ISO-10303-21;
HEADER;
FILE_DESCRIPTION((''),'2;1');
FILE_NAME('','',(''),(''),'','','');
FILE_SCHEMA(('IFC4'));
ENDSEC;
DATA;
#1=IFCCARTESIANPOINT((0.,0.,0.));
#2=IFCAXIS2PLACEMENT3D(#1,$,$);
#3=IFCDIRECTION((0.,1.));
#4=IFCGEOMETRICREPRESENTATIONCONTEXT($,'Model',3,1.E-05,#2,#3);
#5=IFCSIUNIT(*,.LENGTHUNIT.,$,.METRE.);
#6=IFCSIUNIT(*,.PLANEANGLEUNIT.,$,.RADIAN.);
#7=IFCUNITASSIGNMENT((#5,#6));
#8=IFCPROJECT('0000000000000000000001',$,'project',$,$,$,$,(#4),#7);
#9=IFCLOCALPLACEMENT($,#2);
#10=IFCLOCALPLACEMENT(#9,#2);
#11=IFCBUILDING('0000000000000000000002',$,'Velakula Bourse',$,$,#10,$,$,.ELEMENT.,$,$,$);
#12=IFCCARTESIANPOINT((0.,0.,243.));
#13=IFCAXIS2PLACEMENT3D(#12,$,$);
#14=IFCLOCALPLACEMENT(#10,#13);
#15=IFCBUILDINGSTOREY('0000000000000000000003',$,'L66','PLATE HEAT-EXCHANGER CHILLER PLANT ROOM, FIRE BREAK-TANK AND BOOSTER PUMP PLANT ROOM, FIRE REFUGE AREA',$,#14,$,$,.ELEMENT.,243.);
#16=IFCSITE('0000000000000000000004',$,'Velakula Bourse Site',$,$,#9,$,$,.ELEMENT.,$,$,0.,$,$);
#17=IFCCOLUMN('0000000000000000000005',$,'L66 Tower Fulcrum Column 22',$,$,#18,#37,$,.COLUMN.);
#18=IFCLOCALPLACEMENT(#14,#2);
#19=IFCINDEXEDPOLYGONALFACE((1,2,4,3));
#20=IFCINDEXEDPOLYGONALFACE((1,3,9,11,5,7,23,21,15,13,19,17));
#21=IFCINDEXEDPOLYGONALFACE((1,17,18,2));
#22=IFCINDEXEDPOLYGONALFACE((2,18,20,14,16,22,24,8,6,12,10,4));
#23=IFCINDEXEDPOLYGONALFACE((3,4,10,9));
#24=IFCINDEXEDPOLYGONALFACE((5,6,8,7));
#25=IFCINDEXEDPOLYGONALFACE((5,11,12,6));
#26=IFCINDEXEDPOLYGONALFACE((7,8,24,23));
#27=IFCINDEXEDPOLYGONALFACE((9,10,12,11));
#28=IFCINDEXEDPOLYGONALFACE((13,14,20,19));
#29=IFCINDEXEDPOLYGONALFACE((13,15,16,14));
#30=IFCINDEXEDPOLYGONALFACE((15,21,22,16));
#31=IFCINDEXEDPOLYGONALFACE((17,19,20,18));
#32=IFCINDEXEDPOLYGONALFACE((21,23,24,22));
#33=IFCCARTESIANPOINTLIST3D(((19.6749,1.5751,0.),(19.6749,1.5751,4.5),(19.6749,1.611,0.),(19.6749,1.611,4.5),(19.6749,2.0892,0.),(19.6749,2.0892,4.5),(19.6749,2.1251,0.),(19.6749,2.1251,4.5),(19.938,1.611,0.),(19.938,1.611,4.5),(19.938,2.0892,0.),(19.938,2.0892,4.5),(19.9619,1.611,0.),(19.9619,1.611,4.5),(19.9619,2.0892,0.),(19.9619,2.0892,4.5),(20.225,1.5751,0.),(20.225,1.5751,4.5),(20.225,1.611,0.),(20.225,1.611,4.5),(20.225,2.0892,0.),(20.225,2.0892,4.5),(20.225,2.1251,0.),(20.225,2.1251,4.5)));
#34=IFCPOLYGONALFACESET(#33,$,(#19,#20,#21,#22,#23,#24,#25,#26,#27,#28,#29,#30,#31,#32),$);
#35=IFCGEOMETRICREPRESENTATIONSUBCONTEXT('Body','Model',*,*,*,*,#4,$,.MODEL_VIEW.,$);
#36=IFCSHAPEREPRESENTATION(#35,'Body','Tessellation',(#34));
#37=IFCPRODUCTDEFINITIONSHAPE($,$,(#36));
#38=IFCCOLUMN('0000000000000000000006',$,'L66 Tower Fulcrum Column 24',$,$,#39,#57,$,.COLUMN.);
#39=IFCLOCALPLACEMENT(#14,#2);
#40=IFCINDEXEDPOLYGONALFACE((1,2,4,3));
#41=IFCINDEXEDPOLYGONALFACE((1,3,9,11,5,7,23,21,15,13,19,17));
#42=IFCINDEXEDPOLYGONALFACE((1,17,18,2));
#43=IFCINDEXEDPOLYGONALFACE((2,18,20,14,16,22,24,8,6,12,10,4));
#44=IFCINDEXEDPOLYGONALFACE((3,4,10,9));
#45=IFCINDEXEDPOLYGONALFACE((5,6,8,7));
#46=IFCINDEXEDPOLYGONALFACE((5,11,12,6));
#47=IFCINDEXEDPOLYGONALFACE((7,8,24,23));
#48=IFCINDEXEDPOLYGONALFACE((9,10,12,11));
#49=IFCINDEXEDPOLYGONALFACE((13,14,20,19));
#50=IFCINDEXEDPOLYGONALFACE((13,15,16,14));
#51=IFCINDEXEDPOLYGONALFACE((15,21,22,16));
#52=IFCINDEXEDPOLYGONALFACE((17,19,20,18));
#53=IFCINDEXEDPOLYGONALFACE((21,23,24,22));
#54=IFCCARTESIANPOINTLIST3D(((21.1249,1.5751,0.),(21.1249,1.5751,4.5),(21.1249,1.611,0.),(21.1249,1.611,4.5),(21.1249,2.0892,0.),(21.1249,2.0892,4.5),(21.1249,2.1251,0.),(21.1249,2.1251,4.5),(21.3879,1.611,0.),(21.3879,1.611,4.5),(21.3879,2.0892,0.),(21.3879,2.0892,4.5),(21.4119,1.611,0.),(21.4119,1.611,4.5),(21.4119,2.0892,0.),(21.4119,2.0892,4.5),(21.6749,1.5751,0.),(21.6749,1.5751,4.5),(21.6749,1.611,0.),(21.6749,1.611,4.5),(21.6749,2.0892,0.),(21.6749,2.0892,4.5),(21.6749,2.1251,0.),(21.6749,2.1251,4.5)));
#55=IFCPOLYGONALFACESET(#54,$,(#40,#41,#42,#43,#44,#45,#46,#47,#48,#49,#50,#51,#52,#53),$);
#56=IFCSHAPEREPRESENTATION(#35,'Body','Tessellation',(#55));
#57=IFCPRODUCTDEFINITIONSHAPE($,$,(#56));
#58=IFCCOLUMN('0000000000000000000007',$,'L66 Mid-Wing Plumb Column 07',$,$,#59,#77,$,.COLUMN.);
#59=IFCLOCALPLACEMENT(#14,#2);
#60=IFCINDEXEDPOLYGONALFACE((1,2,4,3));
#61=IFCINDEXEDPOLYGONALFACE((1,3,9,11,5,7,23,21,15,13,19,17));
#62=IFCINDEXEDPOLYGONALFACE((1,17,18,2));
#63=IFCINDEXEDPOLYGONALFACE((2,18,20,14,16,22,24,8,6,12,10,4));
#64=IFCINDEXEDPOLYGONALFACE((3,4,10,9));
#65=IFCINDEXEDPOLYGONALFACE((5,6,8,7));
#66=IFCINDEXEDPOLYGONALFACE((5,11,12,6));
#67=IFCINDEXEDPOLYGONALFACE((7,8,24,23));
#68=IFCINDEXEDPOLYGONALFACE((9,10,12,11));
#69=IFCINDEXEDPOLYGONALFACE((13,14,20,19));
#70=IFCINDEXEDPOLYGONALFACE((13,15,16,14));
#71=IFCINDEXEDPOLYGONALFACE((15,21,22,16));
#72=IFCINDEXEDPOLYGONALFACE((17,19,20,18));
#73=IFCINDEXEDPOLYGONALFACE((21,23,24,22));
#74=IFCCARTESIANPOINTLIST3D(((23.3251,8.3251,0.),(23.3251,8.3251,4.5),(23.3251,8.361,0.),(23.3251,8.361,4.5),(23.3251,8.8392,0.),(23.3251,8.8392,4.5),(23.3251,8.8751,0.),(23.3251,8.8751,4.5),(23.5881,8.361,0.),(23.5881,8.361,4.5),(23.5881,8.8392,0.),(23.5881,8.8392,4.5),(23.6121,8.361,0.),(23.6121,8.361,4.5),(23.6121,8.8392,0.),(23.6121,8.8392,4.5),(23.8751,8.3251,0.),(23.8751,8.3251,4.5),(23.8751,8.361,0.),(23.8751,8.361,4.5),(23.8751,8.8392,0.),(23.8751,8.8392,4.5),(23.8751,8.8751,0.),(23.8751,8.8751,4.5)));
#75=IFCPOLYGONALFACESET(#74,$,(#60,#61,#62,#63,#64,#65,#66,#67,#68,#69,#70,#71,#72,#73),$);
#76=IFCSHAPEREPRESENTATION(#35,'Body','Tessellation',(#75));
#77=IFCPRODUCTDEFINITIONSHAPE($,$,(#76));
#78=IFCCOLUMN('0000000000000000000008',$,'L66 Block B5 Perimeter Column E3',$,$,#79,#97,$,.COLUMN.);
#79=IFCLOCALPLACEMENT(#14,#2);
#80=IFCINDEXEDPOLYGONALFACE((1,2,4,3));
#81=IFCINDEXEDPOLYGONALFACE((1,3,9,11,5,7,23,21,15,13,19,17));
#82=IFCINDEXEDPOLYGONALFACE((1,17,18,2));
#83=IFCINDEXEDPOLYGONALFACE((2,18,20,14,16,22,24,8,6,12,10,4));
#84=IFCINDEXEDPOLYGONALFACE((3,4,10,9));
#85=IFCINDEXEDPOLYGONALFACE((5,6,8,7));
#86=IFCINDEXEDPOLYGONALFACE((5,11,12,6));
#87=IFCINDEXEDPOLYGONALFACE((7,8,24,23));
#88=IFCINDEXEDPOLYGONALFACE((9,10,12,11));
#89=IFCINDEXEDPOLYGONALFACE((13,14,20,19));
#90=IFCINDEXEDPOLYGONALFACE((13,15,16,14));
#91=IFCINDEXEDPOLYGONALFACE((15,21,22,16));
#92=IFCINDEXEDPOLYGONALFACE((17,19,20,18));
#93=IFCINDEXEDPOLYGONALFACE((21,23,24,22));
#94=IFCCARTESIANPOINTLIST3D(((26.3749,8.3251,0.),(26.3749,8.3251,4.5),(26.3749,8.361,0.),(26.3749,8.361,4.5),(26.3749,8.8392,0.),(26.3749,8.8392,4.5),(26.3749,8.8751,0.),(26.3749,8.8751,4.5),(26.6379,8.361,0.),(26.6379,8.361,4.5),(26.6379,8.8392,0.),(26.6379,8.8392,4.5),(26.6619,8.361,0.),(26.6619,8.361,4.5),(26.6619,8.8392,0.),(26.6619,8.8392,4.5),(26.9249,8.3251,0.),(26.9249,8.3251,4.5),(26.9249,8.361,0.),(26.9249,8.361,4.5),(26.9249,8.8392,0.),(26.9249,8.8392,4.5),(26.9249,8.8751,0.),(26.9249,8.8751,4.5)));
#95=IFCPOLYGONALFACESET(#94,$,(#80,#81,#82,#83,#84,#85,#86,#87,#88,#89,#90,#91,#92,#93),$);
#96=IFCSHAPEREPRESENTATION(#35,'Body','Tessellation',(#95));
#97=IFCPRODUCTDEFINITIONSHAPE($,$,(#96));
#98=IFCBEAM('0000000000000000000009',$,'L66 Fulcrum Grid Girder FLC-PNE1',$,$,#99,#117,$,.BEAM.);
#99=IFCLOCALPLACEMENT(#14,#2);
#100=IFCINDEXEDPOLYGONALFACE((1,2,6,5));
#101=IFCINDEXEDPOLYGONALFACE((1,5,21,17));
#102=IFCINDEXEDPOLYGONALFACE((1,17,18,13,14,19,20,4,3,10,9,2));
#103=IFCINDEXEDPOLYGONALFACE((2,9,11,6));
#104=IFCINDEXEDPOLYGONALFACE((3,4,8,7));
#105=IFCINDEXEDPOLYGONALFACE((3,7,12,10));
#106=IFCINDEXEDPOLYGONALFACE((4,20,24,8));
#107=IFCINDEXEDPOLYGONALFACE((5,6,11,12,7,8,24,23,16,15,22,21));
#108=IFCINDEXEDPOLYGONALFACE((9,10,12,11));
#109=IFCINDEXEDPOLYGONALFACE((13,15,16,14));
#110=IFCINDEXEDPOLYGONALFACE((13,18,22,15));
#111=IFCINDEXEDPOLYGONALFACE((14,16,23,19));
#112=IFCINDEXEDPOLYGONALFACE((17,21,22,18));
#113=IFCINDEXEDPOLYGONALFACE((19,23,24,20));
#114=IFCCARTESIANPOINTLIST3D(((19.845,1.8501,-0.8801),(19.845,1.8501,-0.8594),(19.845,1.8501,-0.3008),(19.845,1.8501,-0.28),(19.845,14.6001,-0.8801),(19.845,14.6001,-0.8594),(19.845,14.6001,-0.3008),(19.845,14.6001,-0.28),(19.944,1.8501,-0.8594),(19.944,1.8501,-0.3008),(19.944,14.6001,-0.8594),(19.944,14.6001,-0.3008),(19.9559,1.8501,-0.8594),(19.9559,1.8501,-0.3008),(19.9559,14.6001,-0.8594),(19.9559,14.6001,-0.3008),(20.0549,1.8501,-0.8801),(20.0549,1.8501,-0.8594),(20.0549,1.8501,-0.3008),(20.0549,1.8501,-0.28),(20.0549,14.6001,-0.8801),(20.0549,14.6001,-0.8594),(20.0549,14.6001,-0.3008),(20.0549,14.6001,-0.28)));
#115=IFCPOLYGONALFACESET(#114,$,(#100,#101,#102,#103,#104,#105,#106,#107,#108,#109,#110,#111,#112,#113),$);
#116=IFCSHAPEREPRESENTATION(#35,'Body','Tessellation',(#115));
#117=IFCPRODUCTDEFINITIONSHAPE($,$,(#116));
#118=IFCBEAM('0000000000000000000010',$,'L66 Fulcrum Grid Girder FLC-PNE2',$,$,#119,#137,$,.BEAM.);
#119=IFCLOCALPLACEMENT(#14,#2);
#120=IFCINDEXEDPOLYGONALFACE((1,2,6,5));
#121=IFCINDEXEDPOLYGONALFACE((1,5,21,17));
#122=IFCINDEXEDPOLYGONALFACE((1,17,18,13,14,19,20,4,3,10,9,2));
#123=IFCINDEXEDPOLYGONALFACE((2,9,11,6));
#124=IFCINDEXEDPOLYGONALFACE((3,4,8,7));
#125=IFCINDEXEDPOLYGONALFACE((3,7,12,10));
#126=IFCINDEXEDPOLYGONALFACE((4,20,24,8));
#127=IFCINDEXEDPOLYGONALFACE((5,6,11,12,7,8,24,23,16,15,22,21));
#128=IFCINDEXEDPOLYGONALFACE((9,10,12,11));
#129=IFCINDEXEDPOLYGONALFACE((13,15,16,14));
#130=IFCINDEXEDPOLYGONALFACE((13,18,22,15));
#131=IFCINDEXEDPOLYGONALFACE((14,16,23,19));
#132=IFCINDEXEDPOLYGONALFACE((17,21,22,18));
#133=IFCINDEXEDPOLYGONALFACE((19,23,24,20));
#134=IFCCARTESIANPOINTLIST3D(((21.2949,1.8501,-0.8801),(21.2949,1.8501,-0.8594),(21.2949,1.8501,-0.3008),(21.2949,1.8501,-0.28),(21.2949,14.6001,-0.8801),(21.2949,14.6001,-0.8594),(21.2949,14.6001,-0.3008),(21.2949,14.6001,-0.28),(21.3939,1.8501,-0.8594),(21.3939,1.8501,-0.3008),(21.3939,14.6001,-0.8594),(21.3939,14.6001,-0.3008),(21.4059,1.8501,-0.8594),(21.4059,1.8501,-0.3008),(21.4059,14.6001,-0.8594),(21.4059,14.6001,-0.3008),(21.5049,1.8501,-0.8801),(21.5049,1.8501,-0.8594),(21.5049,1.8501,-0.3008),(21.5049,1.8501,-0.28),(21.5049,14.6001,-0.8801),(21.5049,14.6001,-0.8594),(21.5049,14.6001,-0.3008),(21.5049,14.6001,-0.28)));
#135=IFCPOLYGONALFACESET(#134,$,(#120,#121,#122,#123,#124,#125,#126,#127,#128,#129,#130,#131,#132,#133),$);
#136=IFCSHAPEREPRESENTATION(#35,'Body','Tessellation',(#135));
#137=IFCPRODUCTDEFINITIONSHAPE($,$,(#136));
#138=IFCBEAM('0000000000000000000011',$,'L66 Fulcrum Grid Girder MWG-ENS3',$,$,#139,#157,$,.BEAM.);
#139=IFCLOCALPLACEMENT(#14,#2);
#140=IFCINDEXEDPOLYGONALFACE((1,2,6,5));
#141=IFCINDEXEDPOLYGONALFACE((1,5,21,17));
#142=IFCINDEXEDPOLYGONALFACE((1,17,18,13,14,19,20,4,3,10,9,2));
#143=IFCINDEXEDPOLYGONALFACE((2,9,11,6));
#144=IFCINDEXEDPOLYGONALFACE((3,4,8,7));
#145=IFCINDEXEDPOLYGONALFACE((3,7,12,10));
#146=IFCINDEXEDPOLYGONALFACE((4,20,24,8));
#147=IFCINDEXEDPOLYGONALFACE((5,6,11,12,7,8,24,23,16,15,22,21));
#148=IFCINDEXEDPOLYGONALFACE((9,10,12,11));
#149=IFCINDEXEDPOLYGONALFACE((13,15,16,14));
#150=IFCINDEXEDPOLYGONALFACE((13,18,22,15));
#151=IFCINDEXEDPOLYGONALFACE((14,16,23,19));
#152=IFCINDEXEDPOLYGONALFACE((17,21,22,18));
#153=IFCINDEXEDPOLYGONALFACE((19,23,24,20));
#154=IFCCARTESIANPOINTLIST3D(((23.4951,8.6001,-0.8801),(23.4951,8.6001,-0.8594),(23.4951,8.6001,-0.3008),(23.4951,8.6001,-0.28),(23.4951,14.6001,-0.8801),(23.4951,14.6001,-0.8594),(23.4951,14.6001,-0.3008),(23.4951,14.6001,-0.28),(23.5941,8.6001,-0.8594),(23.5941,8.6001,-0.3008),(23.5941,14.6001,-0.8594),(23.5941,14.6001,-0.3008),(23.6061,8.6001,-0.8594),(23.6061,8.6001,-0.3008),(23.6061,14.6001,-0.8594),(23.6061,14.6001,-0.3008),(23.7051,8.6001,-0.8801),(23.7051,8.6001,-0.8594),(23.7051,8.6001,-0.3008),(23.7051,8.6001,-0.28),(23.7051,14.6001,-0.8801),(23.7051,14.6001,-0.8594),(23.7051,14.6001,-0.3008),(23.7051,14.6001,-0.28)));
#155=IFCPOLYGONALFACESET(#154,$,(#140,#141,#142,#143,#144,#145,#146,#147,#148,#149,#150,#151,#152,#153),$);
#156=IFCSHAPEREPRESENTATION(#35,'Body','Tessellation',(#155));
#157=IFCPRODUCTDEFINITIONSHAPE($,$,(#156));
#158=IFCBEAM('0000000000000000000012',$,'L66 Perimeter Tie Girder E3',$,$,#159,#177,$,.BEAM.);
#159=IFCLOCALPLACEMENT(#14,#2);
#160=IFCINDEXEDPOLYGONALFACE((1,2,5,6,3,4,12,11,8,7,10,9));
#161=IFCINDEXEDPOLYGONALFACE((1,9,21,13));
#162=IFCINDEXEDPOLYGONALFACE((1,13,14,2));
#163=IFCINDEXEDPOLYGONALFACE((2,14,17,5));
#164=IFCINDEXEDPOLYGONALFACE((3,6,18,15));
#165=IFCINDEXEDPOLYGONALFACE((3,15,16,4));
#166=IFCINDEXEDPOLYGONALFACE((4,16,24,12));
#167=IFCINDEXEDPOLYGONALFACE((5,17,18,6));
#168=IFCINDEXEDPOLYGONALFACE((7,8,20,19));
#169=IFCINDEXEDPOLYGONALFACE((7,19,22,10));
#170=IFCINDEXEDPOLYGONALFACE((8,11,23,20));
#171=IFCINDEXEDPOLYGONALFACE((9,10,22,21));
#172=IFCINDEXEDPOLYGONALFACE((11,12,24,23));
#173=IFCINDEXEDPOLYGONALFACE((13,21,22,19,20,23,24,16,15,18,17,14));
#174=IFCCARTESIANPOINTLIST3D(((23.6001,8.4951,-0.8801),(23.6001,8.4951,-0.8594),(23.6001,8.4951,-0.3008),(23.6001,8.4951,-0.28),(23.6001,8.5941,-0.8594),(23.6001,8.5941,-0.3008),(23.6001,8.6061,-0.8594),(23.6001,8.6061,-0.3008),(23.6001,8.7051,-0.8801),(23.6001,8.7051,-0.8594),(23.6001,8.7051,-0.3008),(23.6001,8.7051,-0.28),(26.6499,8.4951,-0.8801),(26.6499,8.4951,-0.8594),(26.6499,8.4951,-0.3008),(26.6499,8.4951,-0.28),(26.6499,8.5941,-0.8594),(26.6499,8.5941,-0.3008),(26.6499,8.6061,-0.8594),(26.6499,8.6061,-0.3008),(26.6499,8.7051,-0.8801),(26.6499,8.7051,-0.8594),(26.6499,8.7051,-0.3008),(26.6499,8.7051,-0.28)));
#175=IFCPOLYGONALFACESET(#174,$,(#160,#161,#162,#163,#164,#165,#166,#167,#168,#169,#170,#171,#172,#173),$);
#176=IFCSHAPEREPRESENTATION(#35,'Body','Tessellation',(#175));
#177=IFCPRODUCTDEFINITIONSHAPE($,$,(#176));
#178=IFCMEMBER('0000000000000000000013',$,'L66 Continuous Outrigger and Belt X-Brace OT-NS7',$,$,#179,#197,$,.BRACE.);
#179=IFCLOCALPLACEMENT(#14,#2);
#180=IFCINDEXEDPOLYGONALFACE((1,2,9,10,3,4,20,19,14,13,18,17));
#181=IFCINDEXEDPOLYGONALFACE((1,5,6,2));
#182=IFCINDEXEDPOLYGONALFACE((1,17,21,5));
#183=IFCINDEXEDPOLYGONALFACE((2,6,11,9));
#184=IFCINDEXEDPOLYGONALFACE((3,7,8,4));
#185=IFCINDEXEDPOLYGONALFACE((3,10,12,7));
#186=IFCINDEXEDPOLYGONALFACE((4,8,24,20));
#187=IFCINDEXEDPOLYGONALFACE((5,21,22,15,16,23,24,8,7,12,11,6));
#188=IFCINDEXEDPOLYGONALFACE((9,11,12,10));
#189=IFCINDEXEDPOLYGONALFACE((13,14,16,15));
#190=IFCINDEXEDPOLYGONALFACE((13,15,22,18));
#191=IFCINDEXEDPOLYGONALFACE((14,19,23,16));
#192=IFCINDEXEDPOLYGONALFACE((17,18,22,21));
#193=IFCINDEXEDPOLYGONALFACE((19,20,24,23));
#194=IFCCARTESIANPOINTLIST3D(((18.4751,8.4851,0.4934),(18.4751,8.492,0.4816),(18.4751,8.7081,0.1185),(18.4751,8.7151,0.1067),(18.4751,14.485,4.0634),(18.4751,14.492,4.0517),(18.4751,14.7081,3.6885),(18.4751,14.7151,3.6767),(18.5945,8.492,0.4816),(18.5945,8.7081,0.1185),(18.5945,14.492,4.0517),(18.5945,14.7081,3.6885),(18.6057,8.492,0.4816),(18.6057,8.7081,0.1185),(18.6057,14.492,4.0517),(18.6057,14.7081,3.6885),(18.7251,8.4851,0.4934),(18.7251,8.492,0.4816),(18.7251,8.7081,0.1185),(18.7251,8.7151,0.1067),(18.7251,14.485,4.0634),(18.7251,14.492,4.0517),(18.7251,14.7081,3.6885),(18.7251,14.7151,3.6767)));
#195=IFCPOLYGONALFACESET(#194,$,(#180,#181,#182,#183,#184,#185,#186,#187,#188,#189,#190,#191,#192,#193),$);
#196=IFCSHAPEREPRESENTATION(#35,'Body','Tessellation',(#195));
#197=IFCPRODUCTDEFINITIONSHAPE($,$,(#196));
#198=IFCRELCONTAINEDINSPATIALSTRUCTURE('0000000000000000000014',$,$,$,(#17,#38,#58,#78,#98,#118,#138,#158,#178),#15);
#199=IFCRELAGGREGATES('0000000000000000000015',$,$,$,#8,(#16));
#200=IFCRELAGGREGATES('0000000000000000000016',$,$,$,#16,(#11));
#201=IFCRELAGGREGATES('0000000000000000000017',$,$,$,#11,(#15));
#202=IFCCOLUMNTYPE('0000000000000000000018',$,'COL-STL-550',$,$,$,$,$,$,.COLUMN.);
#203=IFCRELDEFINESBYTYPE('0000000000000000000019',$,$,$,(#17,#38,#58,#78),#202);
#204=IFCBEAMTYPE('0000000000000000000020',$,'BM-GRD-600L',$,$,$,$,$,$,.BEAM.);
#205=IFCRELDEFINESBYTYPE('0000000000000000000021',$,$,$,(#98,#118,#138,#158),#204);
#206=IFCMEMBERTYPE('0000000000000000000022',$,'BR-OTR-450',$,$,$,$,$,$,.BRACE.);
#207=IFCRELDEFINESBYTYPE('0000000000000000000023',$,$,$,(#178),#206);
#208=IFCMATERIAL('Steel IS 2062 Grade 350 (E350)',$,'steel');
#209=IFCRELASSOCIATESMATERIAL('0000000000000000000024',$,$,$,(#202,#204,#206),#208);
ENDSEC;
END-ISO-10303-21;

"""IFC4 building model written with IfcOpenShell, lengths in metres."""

from ifc_helpers import new_model, si_unit, direction, frame, origin, origin_2d, place, context, subcontext, project, spatial, i_section, extrude, material, material_profile, profile_set, type_object, element, save


model = new_model("IFC4")

# Units and contexts
model_context = context("Model", 3, precision=1e-05, world=origin(), true_north=direction((0.0, 1.0)))
body_context = subcontext(model_context, "Body", "Model", "MODEL_VIEW")
ifc_project = project(units=[si_unit("LENGTHUNIT", "METRE"), si_unit("PLANEANGLEUNIT", "RADIAN")], contexts=[model_context])

# Site, building, storey
site_placement = place(None, origin())
site = spatial("IfcSite", under=ifc_project, at=site_placement, Name="Velakula Bourse Site", CompositionType="ELEMENT", RefElevation=0.0)
building_placement = place(site_placement, origin())
building = spatial("IfcBuilding", under=site, at=building_placement, Name="Velakula Bourse", CompositionType="ELEMENT")
storey_placement = place(building_placement, frame((0.0, 0.0, 243.0)))
storey = spatial("IfcBuildingStorey", under=building, at=storey_placement, Name="L66", Description="PLATE HEAT-EXCHANGER CHILLER PLANT ROOM, FIRE BREAK-TANK AND BOOSTER PUMP PLANT ROOM, FIRE REFUGE AREA", CompositionType="ELEMENT", Elevation=243.0)

# Columns
ifc_material_1 = material(Name="Steel IS 2062 Grade 350 (E350)", Category="steel")
ifc_material_profile_1 = material_profile(ifc_material_1, i_section(OverallWidth=0.55, OverallDepth=0.55, WebThickness=0.0239, FlangeThickness=0.0359, at=origin_2d()), Name="Steel IS 2062 Grade 350 (E350)")
ifc_profile_set_1 = profile_set([ifc_material_profile_1], Name="Steel IS 2062 Grade 350 (E350)")
column_type = type_object("IfcColumnType", Name="COL-STL-550", PredefinedType="COLUMN", material=ifc_profile_set_1)
for number, where, z_axis, x_axis, name in (
    (1, (19.95, 1.8501, 0.0), (0.0, 0.0, 1.0), (1.0, 0.0, 0.0), "L66 Tower Fulcrum Column 22"),
    (2, (21.3999, 1.8501, 0.0), (0.0, 0.0, 1.0), (1.0, 0.0, 0.0), "L66 Tower Fulcrum Column 24"),
    (3, (23.6001, 8.6001, 0.0), (0.0, 0.0, 1.0), (1.0, 0.0, 0.0), "L66 Mid-Wing Plumb Column 07"),
    (4, (26.6499, 8.6001, 0.0), (0.0, 0.0, 1.0), (1.0, 0.0, 0.0), "L66 Block B5 Perimeter Column E3"),
):
    element("IfcColumn", number, at=place(storey_placement, frame(where, z_axis=z_axis, x_axis=x_axis)), inside=storey, type_object=column_type, Name=name, PredefinedType="COLUMN", context=body_context, shape_type="SweptSolid", body=[
        extrude(i_section(OverallWidth=0.55, OverallDepth=0.55, WebThickness=0.0239, FlangeThickness=0.0359, at=origin_2d()), origin(), (0.0, 0.0, 1.0), 4.5),
    ])

# Beams
ifc_material_profile_2 = material_profile(ifc_material_1, i_section(OverallWidth=0.21, OverallDepth=0.6001, WebThickness=0.012, FlangeThickness=0.0208, at=origin_2d()), Name="Steel IS 2062 Grade 350 (E350)")
ifc_profile_set_2 = profile_set([ifc_material_profile_2], Name="Steel IS 2062 Grade 350 (E350)")
beam_type_1 = type_object("IfcBeamType", Name="BM-GRD-600L", PredefinedType="BEAM", material=ifc_profile_set_2)
for number, where, z_axis, x_axis, name in (
    (5, (19.95, 1.8501, -0.5801), (0.0, 1.0, 0.0), (-1.0, 0.0, 0.0), "L66 Fulcrum Grid Girder FLC-PNE1"),
    (6, (21.3999, 1.8501, -0.5801), (0.0, 1.0, 0.0), (-1.0, 0.0, 0.0), "L66 Fulcrum Grid Girder FLC-PNE2"),
):
    element("IfcBeam", number, at=place(storey_placement, frame(where, z_axis=z_axis, x_axis=x_axis)), inside=storey, type_object=beam_type_1, Name=name, PredefinedType="BEAM", context=body_context, shape_type="SweptSolid", body=[
        extrude(i_section(OverallWidth=0.21, OverallDepth=0.6001, WebThickness=0.012, FlangeThickness=0.0208, at=origin_2d()), origin(), (0.0, 0.0, 1.0), 12.75),
    ])
beam_1_placement = place(storey_placement, frame((23.6001, 8.6001, -0.5801), z_axis=(0.0, 1.0, 0.0), x_axis=(-1.0, 0.0, 0.0)))
element("IfcBeam", 7, at=beam_1_placement, inside=storey, type_object=beam_type_1, Name="L66 Fulcrum Grid Girder MWG-ENS3", PredefinedType="BEAM", context=body_context, shape_type="SweptSolid", body=[
    extrude(i_section(OverallWidth=0.21, OverallDepth=0.6001, WebThickness=0.012, FlangeThickness=0.0208, at=origin_2d()), origin(), (0.0, 0.0, 1.0), 6.0),
])
beam_2_placement = place(storey_placement, frame((23.6001, 8.6001, -0.5801), z_axis=(1.0, 0.0, 0.0), x_axis=(0.0, 1.0, 0.0)))
element("IfcBeam", 8, at=beam_2_placement, inside=storey, type_object=beam_type_1, Name="L66 Perimeter Tie Girder E3", PredefinedType="BEAM", context=body_context, shape_type="SweptSolid", body=[
    extrude(i_section(OverallWidth=0.21, OverallDepth=0.6001, WebThickness=0.012, FlangeThickness=0.0208, at=origin_2d()), origin(), (0.0, 0.0, 1.0), 3.0498),
])

# Member
ifc_material_profile_3 = material_profile(ifc_material_1, i_section(OverallWidth=0.25, OverallDepth=0.45, WebThickness=0.0112, FlangeThickness=0.0137, at=origin_2d()), Name="Steel IS 2062 Grade 350 (E350)")
ifc_profile_set_3 = profile_set([ifc_material_profile_3], Name="Steel IS 2062 Grade 350 (E350)")
member_type = type_object("IfcMemberType", Name="BR-OTR-450", PredefinedType="BRACE", material=ifc_profile_set_3)
member_1_placement = place(storey_placement, frame((18.6001, 8.6001, 0.3), z_axis=(0.0, 0.859378, 0.51134), x_axis=(-1.0, 0.0, 0.0)))
element("IfcMember", 9, at=member_1_placement, inside=storey, type_object=member_type, Name="L66 Continuous Outrigger and Belt X-Brace OT-NS7", PredefinedType="BRACE", context=body_context, shape_type="SweptSolid", body=[
    extrude(i_section(OverallWidth=0.25, OverallDepth=0.45, WebThickness=0.0112, FlangeThickness=0.0137, at=origin_2d()), origin(), (0.0, 0.0, 1.0), 6.9817),
])

save(model, "model.ifc")
